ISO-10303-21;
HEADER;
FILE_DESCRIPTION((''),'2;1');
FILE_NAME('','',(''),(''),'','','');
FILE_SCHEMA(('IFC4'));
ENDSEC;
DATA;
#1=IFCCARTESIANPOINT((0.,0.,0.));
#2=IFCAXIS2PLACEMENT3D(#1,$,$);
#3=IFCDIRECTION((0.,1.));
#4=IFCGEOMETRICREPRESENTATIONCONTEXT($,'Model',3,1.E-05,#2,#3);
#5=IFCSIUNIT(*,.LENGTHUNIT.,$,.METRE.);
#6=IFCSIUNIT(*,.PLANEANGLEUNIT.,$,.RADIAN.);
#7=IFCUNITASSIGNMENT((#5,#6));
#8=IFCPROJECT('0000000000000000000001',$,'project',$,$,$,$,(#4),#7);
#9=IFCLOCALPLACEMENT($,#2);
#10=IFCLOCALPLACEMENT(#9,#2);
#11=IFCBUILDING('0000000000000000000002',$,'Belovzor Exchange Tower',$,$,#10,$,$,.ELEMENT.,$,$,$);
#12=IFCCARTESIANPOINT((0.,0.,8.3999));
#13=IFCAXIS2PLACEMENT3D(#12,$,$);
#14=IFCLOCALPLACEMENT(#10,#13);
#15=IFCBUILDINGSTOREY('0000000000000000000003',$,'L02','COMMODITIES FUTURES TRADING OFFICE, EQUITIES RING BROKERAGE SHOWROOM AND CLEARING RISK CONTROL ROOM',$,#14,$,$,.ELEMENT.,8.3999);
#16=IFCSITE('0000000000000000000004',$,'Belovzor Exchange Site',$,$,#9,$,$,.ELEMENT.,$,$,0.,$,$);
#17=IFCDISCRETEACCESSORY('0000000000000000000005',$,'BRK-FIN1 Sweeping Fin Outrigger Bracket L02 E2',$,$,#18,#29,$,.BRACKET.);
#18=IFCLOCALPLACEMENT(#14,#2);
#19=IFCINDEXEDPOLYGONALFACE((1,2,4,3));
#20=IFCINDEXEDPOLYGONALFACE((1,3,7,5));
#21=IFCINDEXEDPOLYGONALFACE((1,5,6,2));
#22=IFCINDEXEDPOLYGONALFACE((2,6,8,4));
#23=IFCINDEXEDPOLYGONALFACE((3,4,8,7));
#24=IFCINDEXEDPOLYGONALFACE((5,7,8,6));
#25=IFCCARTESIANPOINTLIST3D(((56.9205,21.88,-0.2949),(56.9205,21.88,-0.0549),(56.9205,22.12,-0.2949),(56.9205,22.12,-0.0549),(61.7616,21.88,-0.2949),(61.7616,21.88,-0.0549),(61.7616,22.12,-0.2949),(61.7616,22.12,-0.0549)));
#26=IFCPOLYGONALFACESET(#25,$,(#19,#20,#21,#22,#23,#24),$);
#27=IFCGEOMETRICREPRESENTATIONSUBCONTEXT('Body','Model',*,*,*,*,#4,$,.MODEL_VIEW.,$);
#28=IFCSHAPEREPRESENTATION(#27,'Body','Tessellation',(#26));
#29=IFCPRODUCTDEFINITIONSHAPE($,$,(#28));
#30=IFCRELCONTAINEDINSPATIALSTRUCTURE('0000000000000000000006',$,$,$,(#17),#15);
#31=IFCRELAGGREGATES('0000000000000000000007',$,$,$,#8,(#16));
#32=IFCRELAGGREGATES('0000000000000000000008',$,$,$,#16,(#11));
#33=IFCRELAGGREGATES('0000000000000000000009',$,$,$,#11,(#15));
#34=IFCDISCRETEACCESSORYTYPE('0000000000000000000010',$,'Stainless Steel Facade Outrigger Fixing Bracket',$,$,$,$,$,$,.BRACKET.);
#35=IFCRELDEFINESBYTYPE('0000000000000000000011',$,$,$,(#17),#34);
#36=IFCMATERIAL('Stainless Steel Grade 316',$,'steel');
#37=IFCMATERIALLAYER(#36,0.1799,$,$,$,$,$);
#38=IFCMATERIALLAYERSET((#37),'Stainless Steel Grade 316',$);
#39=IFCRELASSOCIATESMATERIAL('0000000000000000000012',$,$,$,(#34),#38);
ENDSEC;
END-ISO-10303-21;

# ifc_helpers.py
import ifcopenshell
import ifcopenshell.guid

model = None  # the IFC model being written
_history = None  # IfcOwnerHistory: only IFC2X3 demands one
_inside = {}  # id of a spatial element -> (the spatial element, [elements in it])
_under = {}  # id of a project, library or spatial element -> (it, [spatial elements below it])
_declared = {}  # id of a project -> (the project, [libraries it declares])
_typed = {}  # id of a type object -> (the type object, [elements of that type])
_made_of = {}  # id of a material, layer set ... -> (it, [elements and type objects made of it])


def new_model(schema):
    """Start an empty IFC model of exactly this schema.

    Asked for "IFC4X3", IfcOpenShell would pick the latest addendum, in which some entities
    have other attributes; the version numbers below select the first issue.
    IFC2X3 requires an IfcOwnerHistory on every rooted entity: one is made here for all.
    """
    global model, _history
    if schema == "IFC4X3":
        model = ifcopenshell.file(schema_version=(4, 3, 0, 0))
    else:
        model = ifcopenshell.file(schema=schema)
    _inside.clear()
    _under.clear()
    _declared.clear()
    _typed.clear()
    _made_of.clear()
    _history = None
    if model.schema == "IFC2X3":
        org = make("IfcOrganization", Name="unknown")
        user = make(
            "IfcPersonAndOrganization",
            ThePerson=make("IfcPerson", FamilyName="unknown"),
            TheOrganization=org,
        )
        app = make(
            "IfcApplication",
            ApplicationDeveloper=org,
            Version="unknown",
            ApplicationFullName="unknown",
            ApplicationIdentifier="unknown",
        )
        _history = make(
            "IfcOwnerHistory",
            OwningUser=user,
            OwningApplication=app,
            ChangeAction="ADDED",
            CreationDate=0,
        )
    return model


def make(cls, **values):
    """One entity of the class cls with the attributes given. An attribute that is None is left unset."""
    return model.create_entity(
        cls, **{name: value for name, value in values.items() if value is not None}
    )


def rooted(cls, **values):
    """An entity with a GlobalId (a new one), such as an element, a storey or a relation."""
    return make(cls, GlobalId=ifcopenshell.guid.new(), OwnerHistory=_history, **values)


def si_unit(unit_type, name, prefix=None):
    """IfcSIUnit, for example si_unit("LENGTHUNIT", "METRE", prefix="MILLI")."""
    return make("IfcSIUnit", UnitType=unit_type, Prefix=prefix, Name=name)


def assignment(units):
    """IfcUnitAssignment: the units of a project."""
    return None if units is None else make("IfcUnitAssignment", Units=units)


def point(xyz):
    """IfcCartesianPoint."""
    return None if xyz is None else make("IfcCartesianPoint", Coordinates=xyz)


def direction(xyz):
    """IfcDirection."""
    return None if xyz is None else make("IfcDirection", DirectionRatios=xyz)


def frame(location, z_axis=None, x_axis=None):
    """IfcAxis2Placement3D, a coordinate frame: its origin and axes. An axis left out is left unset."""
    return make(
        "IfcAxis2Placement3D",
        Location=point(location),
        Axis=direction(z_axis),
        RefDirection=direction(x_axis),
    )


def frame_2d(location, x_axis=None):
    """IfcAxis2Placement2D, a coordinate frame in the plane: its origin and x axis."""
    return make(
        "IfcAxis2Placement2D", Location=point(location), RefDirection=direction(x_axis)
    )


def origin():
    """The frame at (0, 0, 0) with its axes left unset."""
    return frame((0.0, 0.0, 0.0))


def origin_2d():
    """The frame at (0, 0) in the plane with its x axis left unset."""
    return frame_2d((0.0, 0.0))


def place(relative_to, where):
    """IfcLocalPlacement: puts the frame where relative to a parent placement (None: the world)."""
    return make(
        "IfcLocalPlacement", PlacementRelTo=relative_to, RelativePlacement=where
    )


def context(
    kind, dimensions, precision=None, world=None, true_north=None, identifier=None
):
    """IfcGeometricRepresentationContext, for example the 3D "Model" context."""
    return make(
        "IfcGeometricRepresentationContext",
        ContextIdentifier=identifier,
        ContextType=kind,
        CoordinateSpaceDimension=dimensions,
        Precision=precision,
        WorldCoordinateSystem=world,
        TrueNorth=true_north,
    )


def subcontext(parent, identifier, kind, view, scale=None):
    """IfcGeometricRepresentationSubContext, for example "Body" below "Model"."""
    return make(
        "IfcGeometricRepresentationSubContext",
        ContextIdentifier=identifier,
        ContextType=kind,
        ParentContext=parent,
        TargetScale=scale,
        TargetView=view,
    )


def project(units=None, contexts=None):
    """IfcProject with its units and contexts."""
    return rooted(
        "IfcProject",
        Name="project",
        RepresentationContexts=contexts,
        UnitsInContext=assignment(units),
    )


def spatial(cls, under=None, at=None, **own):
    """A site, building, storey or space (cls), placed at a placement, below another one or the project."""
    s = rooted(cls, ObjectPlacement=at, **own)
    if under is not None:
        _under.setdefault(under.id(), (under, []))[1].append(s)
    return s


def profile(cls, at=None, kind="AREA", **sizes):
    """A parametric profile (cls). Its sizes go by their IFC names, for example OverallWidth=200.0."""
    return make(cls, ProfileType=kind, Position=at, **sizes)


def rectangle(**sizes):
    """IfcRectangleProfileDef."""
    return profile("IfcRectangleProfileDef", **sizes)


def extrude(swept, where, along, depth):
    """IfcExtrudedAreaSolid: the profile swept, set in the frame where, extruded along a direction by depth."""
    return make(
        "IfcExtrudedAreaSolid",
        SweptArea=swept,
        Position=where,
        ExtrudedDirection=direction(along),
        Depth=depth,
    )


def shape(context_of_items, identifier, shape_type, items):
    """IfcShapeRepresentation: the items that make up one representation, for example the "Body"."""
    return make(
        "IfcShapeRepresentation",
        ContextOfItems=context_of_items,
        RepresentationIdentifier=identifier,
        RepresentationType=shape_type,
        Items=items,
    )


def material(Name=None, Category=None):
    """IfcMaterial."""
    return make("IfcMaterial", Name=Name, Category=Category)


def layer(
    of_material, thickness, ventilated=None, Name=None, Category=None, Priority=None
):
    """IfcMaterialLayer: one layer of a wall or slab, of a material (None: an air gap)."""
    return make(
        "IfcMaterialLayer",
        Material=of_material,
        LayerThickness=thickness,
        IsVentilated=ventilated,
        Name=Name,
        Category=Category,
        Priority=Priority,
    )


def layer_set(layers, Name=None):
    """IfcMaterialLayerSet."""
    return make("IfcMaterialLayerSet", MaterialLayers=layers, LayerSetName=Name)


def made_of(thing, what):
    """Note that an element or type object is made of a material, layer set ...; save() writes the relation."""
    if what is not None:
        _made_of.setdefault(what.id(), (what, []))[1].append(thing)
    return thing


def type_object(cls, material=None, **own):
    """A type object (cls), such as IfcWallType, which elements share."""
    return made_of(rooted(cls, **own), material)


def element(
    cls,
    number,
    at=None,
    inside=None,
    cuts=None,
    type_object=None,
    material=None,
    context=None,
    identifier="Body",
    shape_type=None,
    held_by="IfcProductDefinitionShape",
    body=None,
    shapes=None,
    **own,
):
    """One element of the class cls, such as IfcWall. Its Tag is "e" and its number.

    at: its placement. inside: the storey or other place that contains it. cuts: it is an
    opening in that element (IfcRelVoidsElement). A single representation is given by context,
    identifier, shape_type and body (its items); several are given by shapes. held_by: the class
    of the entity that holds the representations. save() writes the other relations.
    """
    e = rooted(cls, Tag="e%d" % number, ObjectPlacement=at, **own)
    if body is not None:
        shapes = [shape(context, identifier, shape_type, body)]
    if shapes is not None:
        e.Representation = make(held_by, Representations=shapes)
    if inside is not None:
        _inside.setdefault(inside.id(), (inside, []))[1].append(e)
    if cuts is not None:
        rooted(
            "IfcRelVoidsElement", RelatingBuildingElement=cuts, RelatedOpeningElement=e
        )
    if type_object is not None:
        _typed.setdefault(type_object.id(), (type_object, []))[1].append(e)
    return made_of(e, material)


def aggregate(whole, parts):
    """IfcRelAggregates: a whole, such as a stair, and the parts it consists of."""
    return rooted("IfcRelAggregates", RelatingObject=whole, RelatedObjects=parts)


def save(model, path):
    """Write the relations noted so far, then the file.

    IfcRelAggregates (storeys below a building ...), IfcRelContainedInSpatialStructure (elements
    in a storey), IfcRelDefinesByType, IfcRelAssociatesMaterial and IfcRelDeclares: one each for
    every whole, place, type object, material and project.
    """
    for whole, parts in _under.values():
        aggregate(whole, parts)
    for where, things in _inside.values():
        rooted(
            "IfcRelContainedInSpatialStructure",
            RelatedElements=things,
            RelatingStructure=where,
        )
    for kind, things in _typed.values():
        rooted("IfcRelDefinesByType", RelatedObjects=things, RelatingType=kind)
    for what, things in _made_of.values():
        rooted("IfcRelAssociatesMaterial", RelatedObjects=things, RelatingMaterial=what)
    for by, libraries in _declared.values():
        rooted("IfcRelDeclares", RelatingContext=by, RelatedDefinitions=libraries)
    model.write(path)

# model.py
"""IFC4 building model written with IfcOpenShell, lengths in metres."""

from ifc_helpers import new_model, si_unit, direction, frame, origin, origin_2d, place, context, subcontext, project, spatial, rectangle, extrude, material, layer, layer_set, type_object, element, save


model = new_model("IFC4")

# Units and contexts
model_context = context("Model", 3, precision=1e-05, world=origin(), true_north=direction((0.0, 1.0)))
body_context = subcontext(model_context, "Body", "Model", "MODEL_VIEW")
ifc_project = project(units=[si_unit("LENGTHUNIT", "METRE"), si_unit("PLANEANGLEUNIT", "RADIAN")], contexts=[model_context])

# Site, building, storey
site_placement = place(None, origin())
site = spatial("IfcSite", under=ifc_project, at=site_placement, Name="Belovzor Exchange Site", CompositionType="ELEMENT", RefElevation=0.0)
building_placement = place(site_placement, origin())
building = spatial("IfcBuilding", under=site, at=building_placement, Name="Belovzor Exchange Tower", CompositionType="ELEMENT")
storey_placement = place(building_placement, frame((0.0, 0.0, 8.3999)))
storey = spatial("IfcBuildingStorey", under=building, at=storey_placement, Name="L02", Description="COMMODITIES FUTURES TRADING OFFICE, EQUITIES RING BROKERAGE SHOWROOM AND CLEARING RISK CONTROL ROOM", CompositionType="ELEMENT", Elevation=8.3999)

# Discrete accessory
ifc_material_1 = material(Name="Stainless Steel Grade 316", Category="steel")
ifc_layer_1 = layer(ifc_material_1, 0.1799)
ifc_layer_set_1 = layer_set([ifc_layer_1], Name="Stainless Steel Grade 316")
discrete_accessory_type = type_object("IfcDiscreteAccessoryType", Name="Stainless Steel Facade Outrigger Fixing Bracket", PredefinedType="BRACKET", material=ifc_layer_set_1)
discrete_accessory_placement = place(storey_placement, frame((59.3411, 22.0, -0.2949), z_axis=(0.0, 0.0, 1.0), x_axis=(1.0, 0.0, 0.0)))
element("IfcDiscreteAccessory", 1, at=discrete_accessory_placement, inside=storey, type_object=discrete_accessory_type, Name="BRK-FIN1 Sweeping Fin Outrigger Bracket L02 E2", PredefinedType="BRACKET", context=body_context, shape_type="SweptSolid", body=[
    extrude(rectangle(XDim=4.8411, YDim=0.24, at=origin_2d()), origin(), (0.0, 0.0, 1.0), 0.24),
])

save(model, "model.ifc")
